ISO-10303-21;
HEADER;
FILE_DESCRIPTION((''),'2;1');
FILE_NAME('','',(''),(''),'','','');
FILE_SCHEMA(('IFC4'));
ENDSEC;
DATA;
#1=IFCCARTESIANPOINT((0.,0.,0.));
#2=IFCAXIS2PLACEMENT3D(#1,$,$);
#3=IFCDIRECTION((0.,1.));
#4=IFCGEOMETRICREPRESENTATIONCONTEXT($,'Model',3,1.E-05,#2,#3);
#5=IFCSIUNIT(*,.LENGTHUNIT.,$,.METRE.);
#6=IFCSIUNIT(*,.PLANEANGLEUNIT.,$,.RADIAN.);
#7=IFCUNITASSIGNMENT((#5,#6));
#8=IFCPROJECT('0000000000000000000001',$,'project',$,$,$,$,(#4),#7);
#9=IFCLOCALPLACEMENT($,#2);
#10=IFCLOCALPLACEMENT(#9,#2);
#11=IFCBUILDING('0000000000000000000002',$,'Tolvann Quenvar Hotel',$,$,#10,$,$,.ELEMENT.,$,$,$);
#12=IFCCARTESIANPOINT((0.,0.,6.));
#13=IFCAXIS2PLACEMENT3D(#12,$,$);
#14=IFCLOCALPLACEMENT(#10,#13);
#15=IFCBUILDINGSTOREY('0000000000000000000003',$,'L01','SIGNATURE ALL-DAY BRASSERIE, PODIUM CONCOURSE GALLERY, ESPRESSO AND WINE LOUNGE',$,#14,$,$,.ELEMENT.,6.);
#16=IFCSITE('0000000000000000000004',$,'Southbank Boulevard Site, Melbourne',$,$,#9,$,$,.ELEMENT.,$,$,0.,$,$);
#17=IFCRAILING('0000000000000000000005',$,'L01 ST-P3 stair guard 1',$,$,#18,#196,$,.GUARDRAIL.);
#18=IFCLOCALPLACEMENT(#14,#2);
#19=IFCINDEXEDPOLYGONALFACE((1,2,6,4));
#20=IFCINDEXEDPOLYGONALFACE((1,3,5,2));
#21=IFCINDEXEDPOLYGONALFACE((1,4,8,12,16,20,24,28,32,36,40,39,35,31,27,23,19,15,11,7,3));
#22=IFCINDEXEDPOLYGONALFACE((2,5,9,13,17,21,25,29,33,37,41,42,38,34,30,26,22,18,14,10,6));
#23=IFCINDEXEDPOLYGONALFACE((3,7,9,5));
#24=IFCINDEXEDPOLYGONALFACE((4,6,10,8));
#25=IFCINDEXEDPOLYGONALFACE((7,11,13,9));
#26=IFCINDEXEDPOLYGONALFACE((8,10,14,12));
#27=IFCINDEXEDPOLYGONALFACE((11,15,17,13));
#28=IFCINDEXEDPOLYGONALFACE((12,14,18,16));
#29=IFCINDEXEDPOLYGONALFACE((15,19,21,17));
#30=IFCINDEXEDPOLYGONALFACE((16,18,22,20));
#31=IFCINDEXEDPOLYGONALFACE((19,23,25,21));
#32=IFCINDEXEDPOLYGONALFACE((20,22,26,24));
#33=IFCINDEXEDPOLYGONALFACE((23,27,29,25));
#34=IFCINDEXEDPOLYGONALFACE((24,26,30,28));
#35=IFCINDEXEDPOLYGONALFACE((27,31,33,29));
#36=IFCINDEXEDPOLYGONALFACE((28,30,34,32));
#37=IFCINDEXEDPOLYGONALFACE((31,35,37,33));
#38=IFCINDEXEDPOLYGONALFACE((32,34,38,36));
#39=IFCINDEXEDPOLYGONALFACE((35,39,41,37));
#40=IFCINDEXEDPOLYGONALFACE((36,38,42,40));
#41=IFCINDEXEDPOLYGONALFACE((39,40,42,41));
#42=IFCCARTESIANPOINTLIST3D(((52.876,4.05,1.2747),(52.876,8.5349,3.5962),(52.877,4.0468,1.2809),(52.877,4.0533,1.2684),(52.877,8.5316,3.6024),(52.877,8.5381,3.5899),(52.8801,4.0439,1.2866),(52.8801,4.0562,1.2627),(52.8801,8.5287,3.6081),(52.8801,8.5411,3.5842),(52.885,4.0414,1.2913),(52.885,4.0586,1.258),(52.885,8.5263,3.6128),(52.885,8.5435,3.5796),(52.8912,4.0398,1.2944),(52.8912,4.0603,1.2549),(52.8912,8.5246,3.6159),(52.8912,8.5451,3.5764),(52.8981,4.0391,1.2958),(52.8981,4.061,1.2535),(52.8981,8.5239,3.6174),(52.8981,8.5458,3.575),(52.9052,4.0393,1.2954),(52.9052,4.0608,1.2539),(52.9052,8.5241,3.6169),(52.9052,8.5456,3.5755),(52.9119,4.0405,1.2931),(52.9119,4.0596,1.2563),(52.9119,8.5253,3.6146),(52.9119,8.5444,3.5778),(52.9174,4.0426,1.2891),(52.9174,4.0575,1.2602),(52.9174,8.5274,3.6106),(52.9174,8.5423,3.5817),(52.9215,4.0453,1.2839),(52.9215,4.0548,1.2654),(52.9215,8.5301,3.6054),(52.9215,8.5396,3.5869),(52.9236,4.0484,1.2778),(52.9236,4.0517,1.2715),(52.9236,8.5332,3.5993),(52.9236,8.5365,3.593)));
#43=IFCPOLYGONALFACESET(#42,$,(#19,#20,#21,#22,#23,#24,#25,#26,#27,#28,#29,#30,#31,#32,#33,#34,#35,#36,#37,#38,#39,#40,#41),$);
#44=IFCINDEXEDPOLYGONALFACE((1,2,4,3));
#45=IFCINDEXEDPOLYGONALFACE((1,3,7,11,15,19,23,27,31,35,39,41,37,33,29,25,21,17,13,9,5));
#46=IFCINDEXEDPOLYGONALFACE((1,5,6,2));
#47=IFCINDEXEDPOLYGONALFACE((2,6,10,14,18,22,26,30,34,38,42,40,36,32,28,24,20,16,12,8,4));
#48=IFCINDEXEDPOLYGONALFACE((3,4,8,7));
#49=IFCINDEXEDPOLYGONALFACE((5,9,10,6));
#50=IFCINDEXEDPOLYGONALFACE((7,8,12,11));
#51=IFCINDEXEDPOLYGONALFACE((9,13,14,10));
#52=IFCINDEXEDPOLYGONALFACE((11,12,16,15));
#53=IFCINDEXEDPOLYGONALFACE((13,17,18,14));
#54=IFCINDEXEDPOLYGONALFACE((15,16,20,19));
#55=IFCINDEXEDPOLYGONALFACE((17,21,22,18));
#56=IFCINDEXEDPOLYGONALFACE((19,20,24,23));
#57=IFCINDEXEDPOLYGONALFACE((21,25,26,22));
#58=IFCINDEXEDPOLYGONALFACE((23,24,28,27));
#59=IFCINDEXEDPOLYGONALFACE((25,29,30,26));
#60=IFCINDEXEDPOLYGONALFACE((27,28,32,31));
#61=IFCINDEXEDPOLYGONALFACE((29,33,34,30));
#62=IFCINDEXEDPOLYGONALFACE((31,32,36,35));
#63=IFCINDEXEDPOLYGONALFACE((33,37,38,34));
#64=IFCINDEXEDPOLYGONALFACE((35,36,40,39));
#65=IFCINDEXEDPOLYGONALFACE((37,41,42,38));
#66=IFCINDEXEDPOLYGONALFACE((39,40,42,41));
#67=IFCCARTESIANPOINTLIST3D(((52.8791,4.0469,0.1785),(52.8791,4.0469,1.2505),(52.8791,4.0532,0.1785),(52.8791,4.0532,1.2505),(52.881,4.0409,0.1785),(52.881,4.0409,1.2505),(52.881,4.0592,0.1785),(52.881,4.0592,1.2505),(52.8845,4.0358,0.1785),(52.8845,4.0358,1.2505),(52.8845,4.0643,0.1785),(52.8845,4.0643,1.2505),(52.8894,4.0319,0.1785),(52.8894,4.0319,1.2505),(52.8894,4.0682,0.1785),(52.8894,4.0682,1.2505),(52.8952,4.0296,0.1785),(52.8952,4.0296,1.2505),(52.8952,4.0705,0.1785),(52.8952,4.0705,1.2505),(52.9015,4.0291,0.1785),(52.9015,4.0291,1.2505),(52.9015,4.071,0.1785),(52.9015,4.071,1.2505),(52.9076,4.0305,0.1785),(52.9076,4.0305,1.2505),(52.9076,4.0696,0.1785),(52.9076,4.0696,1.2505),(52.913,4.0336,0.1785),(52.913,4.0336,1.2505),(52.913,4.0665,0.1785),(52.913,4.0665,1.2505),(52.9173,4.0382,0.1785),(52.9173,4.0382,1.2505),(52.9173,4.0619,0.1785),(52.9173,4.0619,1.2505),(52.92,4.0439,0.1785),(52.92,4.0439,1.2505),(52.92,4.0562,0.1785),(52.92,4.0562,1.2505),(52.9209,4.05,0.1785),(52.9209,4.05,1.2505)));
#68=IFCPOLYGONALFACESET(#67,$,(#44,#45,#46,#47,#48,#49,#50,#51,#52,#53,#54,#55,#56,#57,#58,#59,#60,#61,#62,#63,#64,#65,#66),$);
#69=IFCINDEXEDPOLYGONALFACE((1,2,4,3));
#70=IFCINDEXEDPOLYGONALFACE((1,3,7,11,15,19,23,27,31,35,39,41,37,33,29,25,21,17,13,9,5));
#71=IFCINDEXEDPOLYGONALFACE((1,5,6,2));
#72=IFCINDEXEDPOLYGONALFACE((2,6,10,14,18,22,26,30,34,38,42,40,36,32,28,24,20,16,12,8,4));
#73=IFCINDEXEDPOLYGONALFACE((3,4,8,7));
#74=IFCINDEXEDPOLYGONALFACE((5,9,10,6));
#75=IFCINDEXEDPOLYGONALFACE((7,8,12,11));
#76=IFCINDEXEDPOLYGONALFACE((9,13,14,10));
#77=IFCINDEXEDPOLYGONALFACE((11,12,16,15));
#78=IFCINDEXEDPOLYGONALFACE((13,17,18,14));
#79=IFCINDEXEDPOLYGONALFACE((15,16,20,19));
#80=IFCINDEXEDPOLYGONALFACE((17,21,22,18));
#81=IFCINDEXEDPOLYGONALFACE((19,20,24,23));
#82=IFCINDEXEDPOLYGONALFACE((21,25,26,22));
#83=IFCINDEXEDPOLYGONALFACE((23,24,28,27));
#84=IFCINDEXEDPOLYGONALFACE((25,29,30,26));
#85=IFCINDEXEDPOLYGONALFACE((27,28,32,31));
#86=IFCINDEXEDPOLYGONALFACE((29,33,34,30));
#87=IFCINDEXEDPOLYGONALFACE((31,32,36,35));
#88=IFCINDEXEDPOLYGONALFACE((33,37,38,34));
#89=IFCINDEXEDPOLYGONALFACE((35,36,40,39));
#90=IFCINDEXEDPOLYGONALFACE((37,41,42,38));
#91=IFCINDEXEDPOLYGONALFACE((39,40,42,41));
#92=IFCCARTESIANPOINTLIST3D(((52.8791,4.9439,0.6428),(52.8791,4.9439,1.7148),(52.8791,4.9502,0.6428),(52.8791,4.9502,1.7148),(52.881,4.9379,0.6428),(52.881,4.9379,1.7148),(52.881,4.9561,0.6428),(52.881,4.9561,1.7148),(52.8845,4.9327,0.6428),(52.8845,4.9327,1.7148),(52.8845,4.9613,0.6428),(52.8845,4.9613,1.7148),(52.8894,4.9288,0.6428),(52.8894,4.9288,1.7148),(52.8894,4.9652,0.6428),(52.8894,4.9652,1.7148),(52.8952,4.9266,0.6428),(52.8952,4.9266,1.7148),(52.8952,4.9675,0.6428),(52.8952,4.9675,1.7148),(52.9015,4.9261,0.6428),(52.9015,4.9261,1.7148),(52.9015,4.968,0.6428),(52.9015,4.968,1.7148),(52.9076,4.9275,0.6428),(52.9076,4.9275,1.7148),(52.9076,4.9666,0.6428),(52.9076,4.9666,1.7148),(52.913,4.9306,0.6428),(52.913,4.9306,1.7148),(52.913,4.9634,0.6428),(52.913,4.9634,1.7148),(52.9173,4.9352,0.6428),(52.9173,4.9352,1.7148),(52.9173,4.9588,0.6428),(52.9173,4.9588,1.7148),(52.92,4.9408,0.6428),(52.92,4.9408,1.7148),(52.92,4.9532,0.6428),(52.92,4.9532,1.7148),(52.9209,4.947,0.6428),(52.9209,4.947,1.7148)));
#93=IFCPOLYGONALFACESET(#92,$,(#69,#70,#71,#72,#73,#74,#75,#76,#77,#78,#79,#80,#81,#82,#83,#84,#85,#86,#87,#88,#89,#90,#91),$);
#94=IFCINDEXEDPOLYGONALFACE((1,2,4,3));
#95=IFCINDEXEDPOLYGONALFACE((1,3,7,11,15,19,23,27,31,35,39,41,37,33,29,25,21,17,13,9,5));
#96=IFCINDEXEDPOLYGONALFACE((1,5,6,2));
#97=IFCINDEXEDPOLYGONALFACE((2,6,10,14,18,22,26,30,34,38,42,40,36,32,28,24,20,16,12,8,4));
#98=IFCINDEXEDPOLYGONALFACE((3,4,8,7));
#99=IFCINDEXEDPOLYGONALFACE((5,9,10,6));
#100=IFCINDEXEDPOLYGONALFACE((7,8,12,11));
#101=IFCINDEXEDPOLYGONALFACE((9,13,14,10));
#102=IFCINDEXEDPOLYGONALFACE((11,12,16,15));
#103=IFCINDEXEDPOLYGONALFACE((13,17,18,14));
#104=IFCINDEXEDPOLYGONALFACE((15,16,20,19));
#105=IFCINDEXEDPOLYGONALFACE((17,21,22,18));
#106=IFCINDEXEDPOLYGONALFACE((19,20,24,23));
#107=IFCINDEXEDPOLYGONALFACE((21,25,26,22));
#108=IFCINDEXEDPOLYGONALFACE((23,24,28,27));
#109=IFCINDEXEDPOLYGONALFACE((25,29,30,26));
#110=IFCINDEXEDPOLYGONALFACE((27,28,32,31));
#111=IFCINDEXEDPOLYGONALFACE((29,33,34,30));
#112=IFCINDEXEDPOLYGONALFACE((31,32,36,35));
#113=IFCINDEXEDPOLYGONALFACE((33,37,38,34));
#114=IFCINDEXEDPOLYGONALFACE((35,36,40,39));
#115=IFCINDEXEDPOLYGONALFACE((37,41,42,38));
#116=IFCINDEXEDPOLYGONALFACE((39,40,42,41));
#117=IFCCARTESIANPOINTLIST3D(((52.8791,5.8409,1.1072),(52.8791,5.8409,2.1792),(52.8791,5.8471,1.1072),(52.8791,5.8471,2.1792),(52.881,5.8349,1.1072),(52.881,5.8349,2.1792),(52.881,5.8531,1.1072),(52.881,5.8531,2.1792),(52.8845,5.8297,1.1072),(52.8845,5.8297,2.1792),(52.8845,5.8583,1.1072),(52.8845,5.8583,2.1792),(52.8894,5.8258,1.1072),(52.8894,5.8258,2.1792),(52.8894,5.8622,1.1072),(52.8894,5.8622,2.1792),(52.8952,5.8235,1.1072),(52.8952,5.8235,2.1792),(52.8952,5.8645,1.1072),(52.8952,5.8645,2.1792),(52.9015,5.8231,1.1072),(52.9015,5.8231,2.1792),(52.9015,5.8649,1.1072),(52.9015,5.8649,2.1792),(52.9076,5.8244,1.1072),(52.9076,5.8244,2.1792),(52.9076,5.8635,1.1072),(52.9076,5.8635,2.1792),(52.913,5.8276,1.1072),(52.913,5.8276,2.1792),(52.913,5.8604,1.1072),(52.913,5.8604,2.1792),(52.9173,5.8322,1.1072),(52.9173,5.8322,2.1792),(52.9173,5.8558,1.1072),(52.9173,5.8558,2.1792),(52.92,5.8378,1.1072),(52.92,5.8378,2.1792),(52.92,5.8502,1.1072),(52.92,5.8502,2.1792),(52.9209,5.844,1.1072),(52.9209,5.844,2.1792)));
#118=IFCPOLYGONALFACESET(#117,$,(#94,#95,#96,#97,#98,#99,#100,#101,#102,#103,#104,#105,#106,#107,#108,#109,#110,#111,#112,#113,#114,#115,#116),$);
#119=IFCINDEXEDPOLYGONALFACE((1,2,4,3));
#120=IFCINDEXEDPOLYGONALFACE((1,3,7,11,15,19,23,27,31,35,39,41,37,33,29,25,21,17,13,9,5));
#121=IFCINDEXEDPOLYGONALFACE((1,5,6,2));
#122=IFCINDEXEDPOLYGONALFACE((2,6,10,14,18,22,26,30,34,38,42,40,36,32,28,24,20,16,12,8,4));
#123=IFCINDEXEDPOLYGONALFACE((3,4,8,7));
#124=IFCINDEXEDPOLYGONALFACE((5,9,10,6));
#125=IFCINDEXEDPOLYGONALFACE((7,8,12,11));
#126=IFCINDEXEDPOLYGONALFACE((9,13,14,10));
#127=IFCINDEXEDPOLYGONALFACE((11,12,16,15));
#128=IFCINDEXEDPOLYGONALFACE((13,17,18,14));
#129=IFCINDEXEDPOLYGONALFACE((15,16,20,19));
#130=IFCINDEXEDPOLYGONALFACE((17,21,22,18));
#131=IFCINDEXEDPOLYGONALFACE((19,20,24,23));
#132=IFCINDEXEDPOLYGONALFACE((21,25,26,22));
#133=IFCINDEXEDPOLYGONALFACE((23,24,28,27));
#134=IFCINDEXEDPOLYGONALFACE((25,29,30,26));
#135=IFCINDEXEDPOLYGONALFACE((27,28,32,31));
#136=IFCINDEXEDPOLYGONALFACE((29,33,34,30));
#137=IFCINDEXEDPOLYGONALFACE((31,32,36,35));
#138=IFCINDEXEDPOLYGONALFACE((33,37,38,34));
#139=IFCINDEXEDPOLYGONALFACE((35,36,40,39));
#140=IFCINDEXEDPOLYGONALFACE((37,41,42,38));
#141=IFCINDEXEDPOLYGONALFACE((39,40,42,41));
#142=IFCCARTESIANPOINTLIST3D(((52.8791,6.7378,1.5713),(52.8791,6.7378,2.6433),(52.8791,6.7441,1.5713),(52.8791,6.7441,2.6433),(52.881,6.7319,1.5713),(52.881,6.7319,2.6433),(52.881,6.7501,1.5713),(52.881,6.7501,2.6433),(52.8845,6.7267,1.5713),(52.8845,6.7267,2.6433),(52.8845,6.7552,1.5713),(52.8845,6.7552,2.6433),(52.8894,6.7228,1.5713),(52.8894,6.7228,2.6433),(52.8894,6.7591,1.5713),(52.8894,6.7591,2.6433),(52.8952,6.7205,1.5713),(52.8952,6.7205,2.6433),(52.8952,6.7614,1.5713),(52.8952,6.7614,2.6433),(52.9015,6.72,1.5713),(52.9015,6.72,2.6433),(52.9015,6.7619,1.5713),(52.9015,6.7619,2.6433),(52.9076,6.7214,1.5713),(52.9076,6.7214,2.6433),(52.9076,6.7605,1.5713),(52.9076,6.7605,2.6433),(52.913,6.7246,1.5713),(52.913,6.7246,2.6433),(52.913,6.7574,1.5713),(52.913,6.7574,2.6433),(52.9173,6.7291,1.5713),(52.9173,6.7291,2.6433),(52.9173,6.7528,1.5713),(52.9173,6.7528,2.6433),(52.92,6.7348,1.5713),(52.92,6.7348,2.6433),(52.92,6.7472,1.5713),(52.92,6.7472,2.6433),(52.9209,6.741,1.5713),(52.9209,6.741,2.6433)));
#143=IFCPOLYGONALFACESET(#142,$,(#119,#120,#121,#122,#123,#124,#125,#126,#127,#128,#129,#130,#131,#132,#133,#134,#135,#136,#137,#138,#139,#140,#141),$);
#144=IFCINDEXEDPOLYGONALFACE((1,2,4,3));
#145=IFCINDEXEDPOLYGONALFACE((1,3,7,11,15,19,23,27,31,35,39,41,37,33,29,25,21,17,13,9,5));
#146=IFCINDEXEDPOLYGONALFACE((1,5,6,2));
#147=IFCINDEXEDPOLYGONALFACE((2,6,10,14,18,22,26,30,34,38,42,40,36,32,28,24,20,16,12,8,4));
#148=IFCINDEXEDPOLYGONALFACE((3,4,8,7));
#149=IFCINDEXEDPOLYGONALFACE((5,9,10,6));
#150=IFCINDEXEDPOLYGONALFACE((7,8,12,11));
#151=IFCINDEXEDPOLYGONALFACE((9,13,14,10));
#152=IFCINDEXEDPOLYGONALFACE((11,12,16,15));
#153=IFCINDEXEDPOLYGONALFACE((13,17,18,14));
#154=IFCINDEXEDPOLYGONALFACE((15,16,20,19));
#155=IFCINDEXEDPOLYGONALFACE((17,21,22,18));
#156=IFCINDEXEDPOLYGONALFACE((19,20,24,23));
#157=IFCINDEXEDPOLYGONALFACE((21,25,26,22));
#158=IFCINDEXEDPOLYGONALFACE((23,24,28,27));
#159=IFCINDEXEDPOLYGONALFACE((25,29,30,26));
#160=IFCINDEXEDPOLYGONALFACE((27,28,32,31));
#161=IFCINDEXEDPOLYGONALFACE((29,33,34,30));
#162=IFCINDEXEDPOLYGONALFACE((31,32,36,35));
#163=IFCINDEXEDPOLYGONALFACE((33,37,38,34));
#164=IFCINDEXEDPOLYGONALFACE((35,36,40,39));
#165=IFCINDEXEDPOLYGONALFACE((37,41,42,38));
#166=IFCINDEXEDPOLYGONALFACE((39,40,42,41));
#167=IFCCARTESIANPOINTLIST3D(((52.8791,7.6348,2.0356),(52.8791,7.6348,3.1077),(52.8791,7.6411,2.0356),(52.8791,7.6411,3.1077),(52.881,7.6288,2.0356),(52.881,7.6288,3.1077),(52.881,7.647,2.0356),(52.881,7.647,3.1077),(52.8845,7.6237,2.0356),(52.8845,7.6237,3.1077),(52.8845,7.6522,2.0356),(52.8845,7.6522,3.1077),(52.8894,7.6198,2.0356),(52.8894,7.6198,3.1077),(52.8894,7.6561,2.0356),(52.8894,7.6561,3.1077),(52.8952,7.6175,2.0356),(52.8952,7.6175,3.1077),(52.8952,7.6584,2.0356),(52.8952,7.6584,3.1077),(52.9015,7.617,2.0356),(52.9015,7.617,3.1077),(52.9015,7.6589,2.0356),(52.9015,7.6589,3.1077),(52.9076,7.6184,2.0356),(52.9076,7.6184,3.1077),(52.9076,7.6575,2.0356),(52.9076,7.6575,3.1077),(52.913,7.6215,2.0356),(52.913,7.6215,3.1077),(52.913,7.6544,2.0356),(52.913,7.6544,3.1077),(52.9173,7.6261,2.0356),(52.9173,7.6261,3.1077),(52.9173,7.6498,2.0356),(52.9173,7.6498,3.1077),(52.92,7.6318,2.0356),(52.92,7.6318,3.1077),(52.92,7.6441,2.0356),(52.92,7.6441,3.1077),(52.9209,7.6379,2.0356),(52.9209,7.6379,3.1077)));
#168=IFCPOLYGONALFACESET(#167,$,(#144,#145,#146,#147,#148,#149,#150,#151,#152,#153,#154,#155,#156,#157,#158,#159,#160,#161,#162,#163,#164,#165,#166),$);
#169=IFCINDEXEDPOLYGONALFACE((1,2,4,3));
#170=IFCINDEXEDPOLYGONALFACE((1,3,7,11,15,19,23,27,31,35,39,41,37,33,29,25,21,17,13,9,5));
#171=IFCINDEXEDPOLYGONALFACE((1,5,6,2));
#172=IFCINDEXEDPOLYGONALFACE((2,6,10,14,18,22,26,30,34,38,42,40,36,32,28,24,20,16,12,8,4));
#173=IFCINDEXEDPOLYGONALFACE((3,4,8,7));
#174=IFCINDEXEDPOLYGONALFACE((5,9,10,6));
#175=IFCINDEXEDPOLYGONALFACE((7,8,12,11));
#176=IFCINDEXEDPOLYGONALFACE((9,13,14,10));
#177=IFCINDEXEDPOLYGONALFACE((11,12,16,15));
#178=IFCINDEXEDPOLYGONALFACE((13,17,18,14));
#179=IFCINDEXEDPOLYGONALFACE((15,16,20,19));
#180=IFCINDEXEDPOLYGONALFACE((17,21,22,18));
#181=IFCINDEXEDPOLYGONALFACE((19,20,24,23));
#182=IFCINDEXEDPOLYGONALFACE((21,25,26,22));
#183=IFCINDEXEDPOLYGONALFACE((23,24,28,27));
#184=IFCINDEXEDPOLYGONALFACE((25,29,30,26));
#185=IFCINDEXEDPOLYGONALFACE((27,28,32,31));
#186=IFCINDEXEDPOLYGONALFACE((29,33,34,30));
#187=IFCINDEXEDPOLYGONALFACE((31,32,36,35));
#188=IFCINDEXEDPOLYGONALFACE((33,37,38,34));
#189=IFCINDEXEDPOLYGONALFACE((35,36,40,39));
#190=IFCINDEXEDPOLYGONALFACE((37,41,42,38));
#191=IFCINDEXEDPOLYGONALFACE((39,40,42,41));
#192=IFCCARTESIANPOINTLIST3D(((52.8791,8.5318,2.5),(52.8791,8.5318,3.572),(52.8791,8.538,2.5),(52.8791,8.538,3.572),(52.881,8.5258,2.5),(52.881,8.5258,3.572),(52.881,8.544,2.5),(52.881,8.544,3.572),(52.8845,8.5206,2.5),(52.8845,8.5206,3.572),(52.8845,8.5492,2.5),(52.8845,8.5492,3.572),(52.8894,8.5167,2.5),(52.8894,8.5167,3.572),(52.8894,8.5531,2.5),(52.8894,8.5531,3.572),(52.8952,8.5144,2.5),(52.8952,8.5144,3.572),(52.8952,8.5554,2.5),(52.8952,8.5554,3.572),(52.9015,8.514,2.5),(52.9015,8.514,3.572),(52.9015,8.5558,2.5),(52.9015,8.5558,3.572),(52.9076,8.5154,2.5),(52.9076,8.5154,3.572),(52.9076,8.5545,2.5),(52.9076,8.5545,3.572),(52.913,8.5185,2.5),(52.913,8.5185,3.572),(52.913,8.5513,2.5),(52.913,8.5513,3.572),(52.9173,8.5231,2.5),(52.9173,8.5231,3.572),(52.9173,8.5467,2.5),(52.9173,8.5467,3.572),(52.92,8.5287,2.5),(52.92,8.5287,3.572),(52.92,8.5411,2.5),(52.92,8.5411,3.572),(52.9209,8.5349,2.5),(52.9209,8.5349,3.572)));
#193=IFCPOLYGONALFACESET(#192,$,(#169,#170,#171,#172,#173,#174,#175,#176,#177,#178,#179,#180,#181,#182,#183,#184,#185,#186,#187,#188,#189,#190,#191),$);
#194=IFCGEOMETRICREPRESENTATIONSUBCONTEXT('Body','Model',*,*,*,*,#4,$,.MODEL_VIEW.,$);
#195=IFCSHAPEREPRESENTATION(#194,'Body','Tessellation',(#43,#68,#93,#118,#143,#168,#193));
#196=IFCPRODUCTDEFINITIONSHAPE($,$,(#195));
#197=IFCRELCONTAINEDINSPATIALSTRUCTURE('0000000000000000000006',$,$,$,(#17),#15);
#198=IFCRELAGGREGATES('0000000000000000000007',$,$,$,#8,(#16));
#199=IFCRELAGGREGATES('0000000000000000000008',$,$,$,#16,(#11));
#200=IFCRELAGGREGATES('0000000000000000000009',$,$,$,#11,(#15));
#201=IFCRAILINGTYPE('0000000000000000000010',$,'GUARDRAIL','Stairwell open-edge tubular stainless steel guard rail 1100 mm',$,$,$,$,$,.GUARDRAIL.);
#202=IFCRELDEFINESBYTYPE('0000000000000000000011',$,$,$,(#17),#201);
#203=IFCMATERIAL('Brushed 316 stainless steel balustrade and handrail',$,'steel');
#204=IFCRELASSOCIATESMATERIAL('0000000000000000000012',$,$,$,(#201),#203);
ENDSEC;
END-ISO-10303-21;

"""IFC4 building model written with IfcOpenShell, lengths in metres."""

from ifc_helpers import new_model, si_unit, direction, frame, origin, origin_2d, place, context, subcontext, project, spatial, circle, extrude, material, type_object, element, save


model = new_model("IFC4")

# Units and contexts
model_context = context("Model", 3, precision=1e-05, world=origin(), true_north=direction((0.0, 1.0)))
body_context = subcontext(model_context, "Body", "Model", "MODEL_VIEW")
ifc_project = project(units=[si_unit("LENGTHUNIT", "METRE"), si_unit("PLANEANGLEUNIT", "RADIAN")], contexts=[model_context])

# Site, building, storey
site_placement = place(None, origin())
site = spatial("IfcSite", under=ifc_project, at=site_placement, Name="Southbank Boulevard Site, Melbourne", CompositionType="ELEMENT", RefElevation=0.0)
building_placement = place(site_placement, origin())
building = spatial("IfcBuilding", under=site, at=building_placement, Name="Tolvann Quenvar Hotel", CompositionType="ELEMENT")
storey_placement = place(building_placement, frame((0.0, 0.0, 6.0)))
storey = spatial("IfcBuildingStorey", under=building, at=storey_placement, Name="L01", Description="SIGNATURE ALL-DAY BRASSERIE, PODIUM CONCOURSE GALLERY, ESPRESSO AND WINE LOUNGE", CompositionType="ELEMENT", Elevation=6.0)

# Railing
ifc_material_1 = material(Name="Brushed 316 stainless steel balustrade and handrail", Category="steel")
railing_type_1 = type_object("IfcRailingType", Name="GUARDRAIL", Description="Stairwell open-edge tubular stainless steel guard rail 1100 mm", PredefinedType="GUARDRAIL", material=ifc_material_1)
railing_1_placement = place(storey_placement, frame((52.8999, 4.05, 0.1785)))
element("IfcRailing", 1, at=railing_1_placement, inside=storey, type_object=railing_type_1, Name="L01 ST-P3 stair guard 1", PredefinedType="GUARDRAIL", context=body_context, shape_type="SweptSolid", body=[
    extrude(circle(Radius=0.0239, at=origin_2d()), frame((0.0, 0.0, 1.0962), z_axis=(0.0, 0.888074, 0.4597), x_axis=(-1.0, 0.0, 0.0)), (0.0, 0.0, 1.0), 5.05),
    extrude(circle(Radius=0.021, at=origin_2d()), origin(), (0.0, 0.0, 1.0), 1.072),
    extrude(circle(Radius=0.021, at=origin_2d()), frame((0.0, 0.897, 0.4644)), (0.0, 0.0, 1.0), 1.072),
    extrude(circle(Radius=0.021, at=origin_2d()), frame((0.0, 1.7939, 0.9287)), (0.0, 0.0, 1.0), 1.072),
    extrude(circle(Radius=0.021, at=origin_2d()), frame((0.0, 2.6909, 1.3928)), (0.0, 0.0, 1.0), 1.072),
    extrude(circle(Radius=0.021, at=origin_2d()), frame((0.0, 3.5879, 1.8572)), (0.0, 0.0, 1.0), 1.072),
    extrude(circle(Radius=0.021, at=origin_2d()), frame((0.0, 4.4849, 2.3215)), (0.0, 0.0, 1.0), 1.072),
])

save(model, "model.ifc")
